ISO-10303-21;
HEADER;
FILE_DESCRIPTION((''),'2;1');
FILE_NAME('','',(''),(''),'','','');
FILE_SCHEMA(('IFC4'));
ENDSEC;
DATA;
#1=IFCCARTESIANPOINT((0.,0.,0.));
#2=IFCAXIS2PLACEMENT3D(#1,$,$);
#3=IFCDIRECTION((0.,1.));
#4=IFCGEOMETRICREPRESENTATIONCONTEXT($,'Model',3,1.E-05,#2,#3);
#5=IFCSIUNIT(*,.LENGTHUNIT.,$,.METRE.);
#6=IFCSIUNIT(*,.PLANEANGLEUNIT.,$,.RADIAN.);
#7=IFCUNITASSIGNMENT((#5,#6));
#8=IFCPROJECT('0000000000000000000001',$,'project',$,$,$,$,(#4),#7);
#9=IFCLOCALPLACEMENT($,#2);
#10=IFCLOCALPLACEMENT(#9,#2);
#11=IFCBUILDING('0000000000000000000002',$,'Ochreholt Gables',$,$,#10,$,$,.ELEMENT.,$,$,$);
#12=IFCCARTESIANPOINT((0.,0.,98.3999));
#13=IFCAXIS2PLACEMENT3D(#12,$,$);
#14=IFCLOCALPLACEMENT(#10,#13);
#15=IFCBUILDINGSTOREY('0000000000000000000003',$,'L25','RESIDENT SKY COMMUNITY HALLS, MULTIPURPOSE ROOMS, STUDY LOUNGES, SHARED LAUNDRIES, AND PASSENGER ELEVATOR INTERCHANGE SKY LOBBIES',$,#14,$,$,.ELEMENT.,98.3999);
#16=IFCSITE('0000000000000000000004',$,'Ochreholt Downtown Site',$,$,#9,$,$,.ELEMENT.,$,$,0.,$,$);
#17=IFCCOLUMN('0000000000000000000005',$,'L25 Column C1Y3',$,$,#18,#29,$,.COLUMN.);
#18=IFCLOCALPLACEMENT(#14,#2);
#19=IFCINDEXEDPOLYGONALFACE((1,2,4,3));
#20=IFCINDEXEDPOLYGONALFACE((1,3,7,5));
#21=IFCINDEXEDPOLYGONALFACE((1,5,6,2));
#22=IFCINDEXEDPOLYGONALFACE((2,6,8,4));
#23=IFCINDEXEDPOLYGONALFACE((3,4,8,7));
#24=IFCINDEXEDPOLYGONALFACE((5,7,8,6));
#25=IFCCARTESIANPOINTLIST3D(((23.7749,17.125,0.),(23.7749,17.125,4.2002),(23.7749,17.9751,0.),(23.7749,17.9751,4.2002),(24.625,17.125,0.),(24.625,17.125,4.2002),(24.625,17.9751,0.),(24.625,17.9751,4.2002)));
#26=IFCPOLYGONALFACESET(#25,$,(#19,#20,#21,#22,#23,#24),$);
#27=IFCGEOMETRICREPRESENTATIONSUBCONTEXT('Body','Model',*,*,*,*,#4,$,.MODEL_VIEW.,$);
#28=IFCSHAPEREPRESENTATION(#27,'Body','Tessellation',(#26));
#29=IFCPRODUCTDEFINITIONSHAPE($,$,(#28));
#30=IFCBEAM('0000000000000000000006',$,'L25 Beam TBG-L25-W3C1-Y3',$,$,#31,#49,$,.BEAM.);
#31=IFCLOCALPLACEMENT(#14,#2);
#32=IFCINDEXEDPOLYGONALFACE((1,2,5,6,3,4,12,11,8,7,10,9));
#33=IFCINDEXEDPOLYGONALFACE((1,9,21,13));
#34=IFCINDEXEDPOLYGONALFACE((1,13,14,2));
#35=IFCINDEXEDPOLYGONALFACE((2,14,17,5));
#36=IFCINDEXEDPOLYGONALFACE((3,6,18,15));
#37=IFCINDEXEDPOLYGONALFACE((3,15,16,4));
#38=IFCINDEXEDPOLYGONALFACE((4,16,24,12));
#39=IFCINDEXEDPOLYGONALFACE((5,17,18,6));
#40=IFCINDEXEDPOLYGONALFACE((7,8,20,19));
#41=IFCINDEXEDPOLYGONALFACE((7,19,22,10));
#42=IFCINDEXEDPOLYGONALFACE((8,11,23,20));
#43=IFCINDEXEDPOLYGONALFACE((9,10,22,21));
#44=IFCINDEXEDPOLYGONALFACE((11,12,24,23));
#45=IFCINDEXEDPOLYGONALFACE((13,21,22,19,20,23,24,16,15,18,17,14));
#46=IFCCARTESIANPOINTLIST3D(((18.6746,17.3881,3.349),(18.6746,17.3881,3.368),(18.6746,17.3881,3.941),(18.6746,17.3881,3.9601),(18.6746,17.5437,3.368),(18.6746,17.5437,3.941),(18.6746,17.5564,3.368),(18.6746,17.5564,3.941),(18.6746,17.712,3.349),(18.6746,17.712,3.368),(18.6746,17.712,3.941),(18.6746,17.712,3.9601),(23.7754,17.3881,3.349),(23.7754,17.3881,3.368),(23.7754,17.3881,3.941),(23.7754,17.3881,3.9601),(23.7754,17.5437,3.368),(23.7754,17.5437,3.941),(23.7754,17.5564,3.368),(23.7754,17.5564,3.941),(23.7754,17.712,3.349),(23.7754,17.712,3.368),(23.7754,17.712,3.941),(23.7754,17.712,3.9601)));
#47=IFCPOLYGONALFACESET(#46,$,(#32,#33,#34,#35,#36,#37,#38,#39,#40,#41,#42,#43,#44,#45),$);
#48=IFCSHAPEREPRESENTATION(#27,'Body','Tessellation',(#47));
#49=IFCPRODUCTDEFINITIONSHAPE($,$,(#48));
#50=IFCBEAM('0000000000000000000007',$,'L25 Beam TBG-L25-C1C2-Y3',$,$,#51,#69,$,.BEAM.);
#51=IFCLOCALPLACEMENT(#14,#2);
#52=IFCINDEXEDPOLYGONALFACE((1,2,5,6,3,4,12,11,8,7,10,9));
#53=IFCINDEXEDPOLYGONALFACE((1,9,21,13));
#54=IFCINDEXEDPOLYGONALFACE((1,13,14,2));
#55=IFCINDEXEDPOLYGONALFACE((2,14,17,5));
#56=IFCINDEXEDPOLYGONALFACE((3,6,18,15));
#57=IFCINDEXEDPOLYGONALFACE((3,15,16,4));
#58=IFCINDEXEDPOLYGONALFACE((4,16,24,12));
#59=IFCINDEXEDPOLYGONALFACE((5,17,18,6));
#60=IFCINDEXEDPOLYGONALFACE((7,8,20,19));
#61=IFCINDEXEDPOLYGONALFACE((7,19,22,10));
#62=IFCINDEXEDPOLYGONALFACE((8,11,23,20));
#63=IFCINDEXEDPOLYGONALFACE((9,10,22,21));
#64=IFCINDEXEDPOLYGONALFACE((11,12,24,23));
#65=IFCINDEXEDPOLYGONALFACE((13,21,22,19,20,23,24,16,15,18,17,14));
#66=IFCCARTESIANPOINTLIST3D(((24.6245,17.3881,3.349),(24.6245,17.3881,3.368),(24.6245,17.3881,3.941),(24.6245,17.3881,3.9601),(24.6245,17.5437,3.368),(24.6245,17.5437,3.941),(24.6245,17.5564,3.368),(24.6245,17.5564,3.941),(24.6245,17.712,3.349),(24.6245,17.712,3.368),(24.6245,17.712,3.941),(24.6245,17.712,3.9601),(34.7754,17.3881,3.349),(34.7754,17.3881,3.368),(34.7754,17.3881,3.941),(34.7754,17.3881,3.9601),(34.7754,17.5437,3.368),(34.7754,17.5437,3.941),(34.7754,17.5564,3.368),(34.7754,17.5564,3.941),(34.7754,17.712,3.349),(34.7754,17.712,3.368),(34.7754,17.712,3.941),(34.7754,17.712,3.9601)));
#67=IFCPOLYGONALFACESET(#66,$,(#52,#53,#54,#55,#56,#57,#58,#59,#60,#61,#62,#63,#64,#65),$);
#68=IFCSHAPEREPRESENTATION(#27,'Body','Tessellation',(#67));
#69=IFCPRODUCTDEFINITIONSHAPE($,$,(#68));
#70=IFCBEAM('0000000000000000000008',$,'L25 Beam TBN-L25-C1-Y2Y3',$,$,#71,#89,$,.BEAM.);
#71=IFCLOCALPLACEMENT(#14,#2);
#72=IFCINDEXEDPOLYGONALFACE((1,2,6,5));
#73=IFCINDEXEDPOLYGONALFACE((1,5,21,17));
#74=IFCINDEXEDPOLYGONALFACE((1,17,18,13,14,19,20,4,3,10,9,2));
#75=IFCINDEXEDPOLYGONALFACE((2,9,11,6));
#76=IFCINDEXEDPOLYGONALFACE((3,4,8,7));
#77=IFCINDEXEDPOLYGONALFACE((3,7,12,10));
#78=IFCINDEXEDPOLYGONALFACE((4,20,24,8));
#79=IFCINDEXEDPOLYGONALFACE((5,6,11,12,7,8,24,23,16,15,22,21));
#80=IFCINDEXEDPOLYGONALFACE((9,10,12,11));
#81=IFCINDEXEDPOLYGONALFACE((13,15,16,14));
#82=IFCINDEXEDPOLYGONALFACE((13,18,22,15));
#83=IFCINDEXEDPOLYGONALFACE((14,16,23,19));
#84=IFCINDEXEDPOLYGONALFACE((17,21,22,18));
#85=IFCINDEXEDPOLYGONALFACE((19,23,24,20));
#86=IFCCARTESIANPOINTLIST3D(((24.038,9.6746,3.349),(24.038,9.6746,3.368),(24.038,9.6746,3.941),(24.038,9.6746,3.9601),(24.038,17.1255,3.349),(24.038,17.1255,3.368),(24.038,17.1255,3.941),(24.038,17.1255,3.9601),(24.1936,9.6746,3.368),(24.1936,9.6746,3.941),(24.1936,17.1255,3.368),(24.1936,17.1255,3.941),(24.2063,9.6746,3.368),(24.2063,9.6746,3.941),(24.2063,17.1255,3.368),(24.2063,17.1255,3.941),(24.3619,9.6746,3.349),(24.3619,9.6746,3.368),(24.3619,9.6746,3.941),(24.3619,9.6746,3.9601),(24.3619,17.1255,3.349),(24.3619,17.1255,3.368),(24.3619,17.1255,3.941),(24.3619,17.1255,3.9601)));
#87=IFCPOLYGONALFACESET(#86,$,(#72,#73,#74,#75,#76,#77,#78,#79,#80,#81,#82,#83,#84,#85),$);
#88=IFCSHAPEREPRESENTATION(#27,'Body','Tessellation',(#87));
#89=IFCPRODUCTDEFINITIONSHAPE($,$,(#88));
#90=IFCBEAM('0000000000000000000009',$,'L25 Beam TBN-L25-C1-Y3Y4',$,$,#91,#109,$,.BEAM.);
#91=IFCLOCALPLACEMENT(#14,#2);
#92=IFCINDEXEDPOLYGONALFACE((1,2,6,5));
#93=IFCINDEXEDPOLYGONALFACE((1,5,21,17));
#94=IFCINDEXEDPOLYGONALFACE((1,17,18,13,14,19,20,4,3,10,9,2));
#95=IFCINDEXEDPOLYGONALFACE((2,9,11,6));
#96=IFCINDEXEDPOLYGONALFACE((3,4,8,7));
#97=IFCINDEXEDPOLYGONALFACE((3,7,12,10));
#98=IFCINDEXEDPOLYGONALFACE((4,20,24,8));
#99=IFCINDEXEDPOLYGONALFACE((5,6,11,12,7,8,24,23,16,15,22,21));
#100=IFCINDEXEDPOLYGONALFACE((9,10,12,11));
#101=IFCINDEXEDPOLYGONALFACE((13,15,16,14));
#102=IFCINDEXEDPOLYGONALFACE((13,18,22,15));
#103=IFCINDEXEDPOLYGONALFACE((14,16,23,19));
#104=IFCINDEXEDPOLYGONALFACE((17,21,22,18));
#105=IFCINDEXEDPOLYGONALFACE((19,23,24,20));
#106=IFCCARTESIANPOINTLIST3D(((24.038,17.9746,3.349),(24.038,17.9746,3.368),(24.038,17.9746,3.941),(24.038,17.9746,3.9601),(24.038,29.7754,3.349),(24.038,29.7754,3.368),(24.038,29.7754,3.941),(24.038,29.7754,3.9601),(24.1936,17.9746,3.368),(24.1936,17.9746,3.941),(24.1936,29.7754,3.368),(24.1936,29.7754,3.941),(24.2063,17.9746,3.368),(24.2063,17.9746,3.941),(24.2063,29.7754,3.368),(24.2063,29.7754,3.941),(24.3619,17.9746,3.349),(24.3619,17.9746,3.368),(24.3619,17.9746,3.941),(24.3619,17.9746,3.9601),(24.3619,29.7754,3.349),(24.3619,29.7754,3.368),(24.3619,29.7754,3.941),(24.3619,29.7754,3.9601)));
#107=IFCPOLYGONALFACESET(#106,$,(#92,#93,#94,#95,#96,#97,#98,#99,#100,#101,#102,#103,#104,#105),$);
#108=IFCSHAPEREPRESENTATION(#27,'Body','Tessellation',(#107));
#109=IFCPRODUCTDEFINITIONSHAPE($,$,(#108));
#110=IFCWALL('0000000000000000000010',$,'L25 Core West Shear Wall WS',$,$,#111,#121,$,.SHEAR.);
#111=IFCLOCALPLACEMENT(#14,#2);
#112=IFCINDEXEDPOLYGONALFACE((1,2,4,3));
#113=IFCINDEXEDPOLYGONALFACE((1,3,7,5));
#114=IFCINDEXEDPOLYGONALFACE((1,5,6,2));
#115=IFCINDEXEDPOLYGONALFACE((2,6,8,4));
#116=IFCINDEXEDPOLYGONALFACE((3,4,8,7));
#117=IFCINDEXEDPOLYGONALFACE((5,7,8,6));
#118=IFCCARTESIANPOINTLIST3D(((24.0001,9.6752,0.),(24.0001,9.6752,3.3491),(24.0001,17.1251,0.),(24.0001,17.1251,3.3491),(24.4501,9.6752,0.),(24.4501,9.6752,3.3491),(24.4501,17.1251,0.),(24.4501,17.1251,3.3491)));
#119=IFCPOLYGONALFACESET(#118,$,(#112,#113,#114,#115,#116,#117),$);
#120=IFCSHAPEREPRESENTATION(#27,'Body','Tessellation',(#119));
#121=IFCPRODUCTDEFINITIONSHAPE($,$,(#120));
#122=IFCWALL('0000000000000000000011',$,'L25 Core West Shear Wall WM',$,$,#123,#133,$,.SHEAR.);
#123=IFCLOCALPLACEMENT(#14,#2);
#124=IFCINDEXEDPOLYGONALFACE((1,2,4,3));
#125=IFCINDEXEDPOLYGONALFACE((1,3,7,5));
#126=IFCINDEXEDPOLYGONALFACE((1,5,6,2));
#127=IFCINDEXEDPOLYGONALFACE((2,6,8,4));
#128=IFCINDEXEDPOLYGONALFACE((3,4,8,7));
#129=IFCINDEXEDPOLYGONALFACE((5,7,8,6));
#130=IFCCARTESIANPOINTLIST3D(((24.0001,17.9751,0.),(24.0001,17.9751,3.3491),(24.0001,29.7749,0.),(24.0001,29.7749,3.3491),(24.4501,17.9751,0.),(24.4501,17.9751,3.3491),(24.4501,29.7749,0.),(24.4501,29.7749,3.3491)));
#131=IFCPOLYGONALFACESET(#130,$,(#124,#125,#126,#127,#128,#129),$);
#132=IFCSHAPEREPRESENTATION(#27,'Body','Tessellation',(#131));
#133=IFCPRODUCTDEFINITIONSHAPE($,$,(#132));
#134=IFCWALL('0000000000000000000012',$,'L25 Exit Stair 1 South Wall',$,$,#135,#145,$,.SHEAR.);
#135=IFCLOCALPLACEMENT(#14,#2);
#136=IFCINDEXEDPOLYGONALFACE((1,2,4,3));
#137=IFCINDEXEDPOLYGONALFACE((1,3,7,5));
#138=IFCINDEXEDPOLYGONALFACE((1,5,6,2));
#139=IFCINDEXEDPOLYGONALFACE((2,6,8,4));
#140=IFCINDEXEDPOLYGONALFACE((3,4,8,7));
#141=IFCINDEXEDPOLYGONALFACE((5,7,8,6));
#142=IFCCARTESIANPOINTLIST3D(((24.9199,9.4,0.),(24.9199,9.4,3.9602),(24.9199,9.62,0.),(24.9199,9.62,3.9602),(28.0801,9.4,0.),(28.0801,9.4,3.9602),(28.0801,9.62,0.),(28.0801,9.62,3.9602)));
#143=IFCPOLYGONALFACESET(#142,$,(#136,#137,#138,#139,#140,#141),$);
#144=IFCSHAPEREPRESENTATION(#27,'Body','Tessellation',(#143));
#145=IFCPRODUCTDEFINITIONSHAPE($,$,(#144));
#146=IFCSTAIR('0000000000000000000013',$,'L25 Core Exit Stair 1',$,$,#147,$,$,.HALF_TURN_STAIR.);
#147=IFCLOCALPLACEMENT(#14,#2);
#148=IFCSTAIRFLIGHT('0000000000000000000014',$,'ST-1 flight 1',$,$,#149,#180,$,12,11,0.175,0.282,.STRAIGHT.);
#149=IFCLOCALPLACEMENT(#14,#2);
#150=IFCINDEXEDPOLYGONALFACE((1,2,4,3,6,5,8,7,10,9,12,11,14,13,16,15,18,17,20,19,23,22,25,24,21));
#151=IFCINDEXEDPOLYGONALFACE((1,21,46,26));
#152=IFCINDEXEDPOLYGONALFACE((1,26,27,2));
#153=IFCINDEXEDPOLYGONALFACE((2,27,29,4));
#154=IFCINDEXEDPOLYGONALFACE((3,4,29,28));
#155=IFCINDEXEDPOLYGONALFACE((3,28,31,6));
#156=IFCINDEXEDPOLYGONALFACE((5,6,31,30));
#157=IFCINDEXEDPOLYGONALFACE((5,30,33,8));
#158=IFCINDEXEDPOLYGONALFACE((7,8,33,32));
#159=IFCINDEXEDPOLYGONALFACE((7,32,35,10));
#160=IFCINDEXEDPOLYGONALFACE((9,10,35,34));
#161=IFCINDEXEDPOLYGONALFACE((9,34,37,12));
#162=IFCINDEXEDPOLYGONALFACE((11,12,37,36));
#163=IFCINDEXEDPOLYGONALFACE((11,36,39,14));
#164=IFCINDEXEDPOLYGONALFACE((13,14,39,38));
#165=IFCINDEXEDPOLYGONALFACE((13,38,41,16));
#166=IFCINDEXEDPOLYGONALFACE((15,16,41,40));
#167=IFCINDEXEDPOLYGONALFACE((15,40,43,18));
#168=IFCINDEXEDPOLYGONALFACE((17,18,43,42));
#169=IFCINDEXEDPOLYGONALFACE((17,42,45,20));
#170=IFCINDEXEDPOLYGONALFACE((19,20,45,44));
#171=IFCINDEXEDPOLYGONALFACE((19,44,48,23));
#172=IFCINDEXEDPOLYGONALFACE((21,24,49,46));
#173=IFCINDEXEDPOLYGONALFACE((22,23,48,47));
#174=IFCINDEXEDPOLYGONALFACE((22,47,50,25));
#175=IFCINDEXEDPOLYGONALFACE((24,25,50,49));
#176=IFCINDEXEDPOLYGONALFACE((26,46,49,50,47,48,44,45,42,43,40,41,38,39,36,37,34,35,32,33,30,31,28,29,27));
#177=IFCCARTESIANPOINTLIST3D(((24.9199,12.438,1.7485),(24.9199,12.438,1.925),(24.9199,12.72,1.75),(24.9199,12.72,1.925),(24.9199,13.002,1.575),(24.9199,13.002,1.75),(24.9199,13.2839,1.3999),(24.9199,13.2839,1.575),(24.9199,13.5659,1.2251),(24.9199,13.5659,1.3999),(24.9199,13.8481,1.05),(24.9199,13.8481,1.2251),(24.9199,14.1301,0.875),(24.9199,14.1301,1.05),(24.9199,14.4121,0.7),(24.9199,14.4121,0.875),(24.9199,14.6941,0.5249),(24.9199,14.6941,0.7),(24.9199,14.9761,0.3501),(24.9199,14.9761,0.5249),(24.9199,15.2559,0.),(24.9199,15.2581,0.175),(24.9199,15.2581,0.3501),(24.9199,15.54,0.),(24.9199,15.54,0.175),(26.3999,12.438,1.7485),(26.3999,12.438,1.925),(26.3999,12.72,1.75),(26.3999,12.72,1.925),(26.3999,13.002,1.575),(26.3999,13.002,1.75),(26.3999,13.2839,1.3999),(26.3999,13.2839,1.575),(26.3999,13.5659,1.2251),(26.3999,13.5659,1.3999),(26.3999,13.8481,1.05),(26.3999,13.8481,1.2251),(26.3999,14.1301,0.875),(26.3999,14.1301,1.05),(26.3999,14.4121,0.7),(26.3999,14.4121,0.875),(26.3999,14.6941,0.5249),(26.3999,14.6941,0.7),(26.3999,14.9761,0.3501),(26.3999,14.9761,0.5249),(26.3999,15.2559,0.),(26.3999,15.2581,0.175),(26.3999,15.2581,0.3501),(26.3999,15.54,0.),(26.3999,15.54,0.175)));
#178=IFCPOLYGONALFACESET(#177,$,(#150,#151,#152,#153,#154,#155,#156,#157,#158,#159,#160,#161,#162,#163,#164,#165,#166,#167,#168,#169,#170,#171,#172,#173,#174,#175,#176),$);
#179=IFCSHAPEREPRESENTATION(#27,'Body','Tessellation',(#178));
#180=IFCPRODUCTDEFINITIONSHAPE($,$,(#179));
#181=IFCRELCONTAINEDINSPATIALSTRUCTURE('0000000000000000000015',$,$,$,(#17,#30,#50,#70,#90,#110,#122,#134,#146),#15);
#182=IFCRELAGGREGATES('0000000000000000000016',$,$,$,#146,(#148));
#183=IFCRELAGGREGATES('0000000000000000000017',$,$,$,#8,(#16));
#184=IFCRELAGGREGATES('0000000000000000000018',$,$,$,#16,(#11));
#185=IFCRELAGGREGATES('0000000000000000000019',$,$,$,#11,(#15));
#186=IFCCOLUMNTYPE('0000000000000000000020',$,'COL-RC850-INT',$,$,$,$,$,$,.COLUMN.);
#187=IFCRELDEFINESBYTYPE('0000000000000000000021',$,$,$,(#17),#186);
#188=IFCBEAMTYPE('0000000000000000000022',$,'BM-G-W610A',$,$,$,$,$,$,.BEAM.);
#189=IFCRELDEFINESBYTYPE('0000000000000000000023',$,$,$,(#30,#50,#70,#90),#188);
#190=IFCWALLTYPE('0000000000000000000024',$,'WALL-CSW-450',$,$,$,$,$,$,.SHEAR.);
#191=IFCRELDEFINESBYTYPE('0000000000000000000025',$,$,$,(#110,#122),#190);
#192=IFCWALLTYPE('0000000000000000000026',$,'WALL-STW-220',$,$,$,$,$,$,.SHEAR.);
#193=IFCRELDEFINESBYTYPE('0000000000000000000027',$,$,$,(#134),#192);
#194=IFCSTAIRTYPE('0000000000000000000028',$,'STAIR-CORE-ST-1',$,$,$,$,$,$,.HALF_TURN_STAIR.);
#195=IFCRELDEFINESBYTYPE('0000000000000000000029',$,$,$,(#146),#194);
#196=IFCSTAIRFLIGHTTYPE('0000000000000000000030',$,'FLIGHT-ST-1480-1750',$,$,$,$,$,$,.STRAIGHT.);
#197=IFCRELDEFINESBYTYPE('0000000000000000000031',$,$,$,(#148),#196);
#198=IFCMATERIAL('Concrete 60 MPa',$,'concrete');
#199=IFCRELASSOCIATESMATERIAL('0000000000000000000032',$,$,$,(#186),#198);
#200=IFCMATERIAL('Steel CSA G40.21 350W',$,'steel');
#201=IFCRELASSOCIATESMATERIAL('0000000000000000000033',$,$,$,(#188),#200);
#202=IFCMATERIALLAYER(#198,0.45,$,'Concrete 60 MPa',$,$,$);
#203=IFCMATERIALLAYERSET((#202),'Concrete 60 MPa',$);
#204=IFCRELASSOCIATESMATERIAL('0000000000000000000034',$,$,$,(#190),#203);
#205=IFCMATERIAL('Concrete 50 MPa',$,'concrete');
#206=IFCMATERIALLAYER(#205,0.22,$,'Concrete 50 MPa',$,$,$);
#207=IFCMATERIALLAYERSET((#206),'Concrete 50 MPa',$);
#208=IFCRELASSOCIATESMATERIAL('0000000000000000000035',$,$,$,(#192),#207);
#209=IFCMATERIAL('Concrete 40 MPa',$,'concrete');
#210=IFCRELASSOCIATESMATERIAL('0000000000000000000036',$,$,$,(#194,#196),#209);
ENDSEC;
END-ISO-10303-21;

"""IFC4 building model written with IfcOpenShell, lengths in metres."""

from ifc_helpers import new_model, si_unit, direction, frame, frame_2d, origin, origin_2d, place, context, subcontext, project, spatial, polyline, rectangle, i_section, outline, extrude, material, layer, layer_set, material_profile, profile_set, type_object, element, aggregate, save


model = new_model("IFC4")

# Units and contexts
model_context = context("Model", 3, precision=1e-05, world=origin(), true_north=direction((0.0, 1.0)))
body_context = subcontext(model_context, "Body", "Model", "MODEL_VIEW")
ifc_project = project(units=[si_unit("LENGTHUNIT", "METRE"), si_unit("PLANEANGLEUNIT", "RADIAN")], contexts=[model_context])

# Site, building, storey
site_placement = place(None, origin())
site = spatial("IfcSite", under=ifc_project, at=site_placement, Name="Ochreholt Downtown Site", CompositionType="ELEMENT", RefElevation=0.0)
building_placement = place(site_placement, origin())
building = spatial("IfcBuilding", under=site, at=building_placement, Name="Ochreholt Gables", CompositionType="ELEMENT")
storey_placement = place(building_placement, frame((0.0, 0.0, 98.3999)))
storey = spatial("IfcBuildingStorey", under=building, at=storey_placement, Name="L25", Description="RESIDENT SKY COMMUNITY HALLS, MULTIPURPOSE ROOMS, STUDY LOUNGES, SHARED LAUNDRIES, AND PASSENGER ELEVATOR INTERCHANGE SKY LOBBIES", CompositionType="ELEMENT", Elevation=98.3999)

# Column
ifc_material_1 = material(Name="Concrete 60 MPa", Category="concrete")
ifc_material_profile_1 = material_profile(ifc_material_1, rectangle(XDim=0.8501, YDim=0.8501, at=origin_2d()), Name="RC850X850")
ifc_profile_set_1 = profile_set([ifc_material_profile_1], Name="Concrete 60 MPa")
column_type = type_object("IfcColumnType", Name="COL-RC850-INT", PredefinedType="COLUMN", material=ifc_profile_set_1)
column_placement = place(storey_placement, frame((24.2, 17.55, 0.0), z_axis=(0.0, 0.0, 1.0), x_axis=(1.0, 0.0, 0.0)))
element("IfcColumn", 1, at=column_placement, inside=storey, type_object=column_type, Name="L25 Column C1Y3", PredefinedType="COLUMN", context=body_context, shape_type="SweptSolid", body=[
    extrude(rectangle(XDim=0.8501, YDim=0.8501, at=origin_2d()), origin(), (0.0, 0.0, 1.0), 4.2002),
])

# Beams
ifc_material_2 = material(Name="Steel CSA G40.21 350W", Category="steel")
ifc_material_profile_2 = material_profile(ifc_material_2, i_section(OverallWidth=0.324, OverallDepth=0.6111, WebThickness=0.0127, FlangeThickness=0.019, at=origin_2d()), Name="W610X155")
ifc_profile_set_2 = profile_set([ifc_material_profile_2], Name="Steel CSA G40.21 350W")
beam_type = type_object("IfcBeamType", Name="BM-G-W610A", PredefinedType="BEAM", material=ifc_profile_set_2)
beam_1_placement = place(storey_placement, frame((18.6746, 17.55, 3.6545), z_axis=(1.0, 0.0, 0.0), x_axis=(0.0, 1.0, 0.0)))
element("IfcBeam", 2, at=beam_1_placement, inside=storey, type_object=beam_type, Name="L25 Beam TBG-L25-W3C1-Y3", PredefinedType="BEAM", context=body_context, shape_type="SweptSolid", body=[
    extrude(i_section(OverallWidth=0.324, OverallDepth=0.6111, WebThickness=0.0127, FlangeThickness=0.019, at=origin_2d()), origin(), (0.0, 0.0, 1.0), 5.1008),
])
beam_2_placement = place(storey_placement, frame((24.6245, 17.55, 3.6545), z_axis=(1.0, 0.0, 0.0), x_axis=(0.0, 1.0, 0.0)))
element("IfcBeam", 3, at=beam_2_placement, inside=storey, type_object=beam_type, Name="L25 Beam TBG-L25-C1C2-Y3", PredefinedType="BEAM", context=body_context, shape_type="SweptSolid", body=[
    extrude(i_section(OverallWidth=0.324, OverallDepth=0.6111, WebThickness=0.0127, FlangeThickness=0.019, at=origin_2d()), origin(), (0.0, 0.0, 1.0), 10.1509),
])
beam_3_placement = place(storey_placement, frame((24.2, 9.6746, 3.6545), z_axis=(0.0, 1.0, 0.0), x_axis=(-1.0, 0.0, 0.0)))
element("IfcBeam", 4, at=beam_3_placement, inside=storey, type_object=beam_type, Name="L25 Beam TBN-L25-C1-Y2Y3", PredefinedType="BEAM", context=body_context, shape_type="SweptSolid", body=[
    extrude(i_section(OverallWidth=0.324, OverallDepth=0.6111, WebThickness=0.0127, FlangeThickness=0.019, at=origin_2d()), origin(), (0.0, 0.0, 1.0), 7.4509),
])
beam_4_placement = place(storey_placement, frame((24.2, 17.9746, 3.6545), z_axis=(0.0, 1.0, 0.0), x_axis=(-1.0, 0.0, 0.0)))
element("IfcBeam", 5, at=beam_4_placement, inside=storey, type_object=beam_type, Name="L25 Beam TBN-L25-C1-Y3Y4", PredefinedType="BEAM", context=body_context, shape_type="SweptSolid", body=[
    extrude(i_section(OverallWidth=0.324, OverallDepth=0.6111, WebThickness=0.0127, FlangeThickness=0.019, at=origin_2d()), origin(), (0.0, 0.0, 1.0), 11.8008),
])

# Walls
ifc_layer_1 = layer(ifc_material_1, 0.45, Name="Concrete 60 MPa")
ifc_layer_set_1 = layer_set([ifc_layer_1], Name="Concrete 60 MPa")
wall_type_1 = type_object("IfcWallType", Name="WALL-CSW-450", PredefinedType="SHEAR", material=ifc_layer_set_1)
wall_1_placement = place(storey_placement, frame((24.2251, 9.675, 0.0), z_axis=(0.0, 0.0, 1.0), x_axis=(0.0, 1.0, 0.0)))
element("IfcWall", 6, at=wall_1_placement, inside=storey, type_object=wall_type_1, Name="L25 Core West Shear Wall WS", PredefinedType="SHEAR", context=body_context, shape_type="SweptSolid", body=[
    extrude(rectangle(XDim=7.45, YDim=0.45, at=frame_2d((3.7251, 0.0))), origin(), (0.0, 0.0, 1.0), 3.3491),
])
wall_2_placement = place(storey_placement, frame((24.2251, 17.9751, 0.0), z_axis=(0.0, 0.0, 1.0), x_axis=(0.0, 1.0, 0.0)))
element("IfcWall", 7, at=wall_2_placement, inside=storey, type_object=wall_type_1, Name="L25 Core West Shear Wall WM", PredefinedType="SHEAR", context=body_context, shape_type="SweptSolid", body=[
    extrude(rectangle(XDim=11.7998, YDim=0.45, at=frame_2d((5.8999, 0.0))), origin(), (0.0, 0.0, 1.0), 3.3491),
])
ifc_material_3 = material(Name="Concrete 50 MPa", Category="concrete")
ifc_layer_2 = layer(ifc_material_3, 0.22, Name="Concrete 50 MPa")
ifc_layer_set_2 = layer_set([ifc_layer_2], Name="Concrete 50 MPa")
wall_type_2 = type_object("IfcWallType", Name="WALL-STW-220", PredefinedType="SHEAR", material=ifc_layer_set_2)
wall_3_placement = place(storey_placement, frame((24.9199, 9.51, 0.0), z_axis=(0.0, 0.0, 1.0), x_axis=(1.0, 0.0, 0.0)))
element("IfcWall", 8, at=wall_3_placement, inside=storey, type_object=wall_type_2, Name="L25 Exit Stair 1 South Wall", PredefinedType="SHEAR", context=body_context, shape_type="SweptSolid", body=[
    extrude(rectangle(XDim=3.1602, YDim=0.22, at=frame_2d((1.5801, 0.0))), origin(), (0.0, 0.0, 1.0), 3.9602),
])

# Stair, stair flight
ifc_material_4 = material(Name="Concrete 40 MPa", Category="concrete")
stair_type = type_object("IfcStairType", Name="STAIR-CORE-ST-1", PredefinedType="HALF_TURN_STAIR", material=ifc_material_4)
stair_placement = place(storey_placement, origin())
stair = element("IfcStair", 9, at=stair_placement, inside=storey, type_object=stair_type, Name="L25 Core Exit Stair 1", PredefinedType="HALF_TURN_STAIR")
stair_flight_type = type_object("IfcStairFlightType", Name="FLIGHT-ST-1480-1750", PredefinedType="STRAIGHT", material=ifc_material_4)
stair_flight_1_placement = place(storey_placement, frame((25.6599, 15.54, 0.0), z_axis=(0.0, 0.0, 1.0), x_axis=(0.0, -1.0, 0.0)))
stair_flight_1 = element("IfcStairFlight", 10, at=stair_flight_1_placement, type_object=stair_flight_type, Name="ST-1 flight 1", NumberOfRisers=12, NumberOfTreads=11, PredefinedType="STRAIGHT", RiserHeight=0.175, TreadLength=0.282, context=body_context, shape_type="SweptSolid", body=[
    extrude(outline(polyline([(0.0, 0.0), (0.0, 0.175), (0.282, 0.175), (0.282, 0.3501), (0.564, 0.3501), (0.564, 0.5249), (0.8459, 0.5249), (0.8459, 0.7), (1.1279, 0.7), (1.1279, 0.875), (1.4099, 0.875), (1.4099, 1.05), (1.6919, 1.05), (1.6919, 1.2251), (1.9741, 1.2251), (1.9741, 1.3999), (2.2561, 1.3999), (2.2561, 1.575), (2.5381, 1.575), (2.5381, 1.75), (2.8201, 1.75), (2.8201, 1.925), (3.1021, 1.925), (3.1021, 2.1001), (3.1021, 1.7485), (0.2842, 0.0), (0.0, 0.0)])), frame((0.0, 0.74, 0.0), z_axis=(0.0, -1.0, 0.0), x_axis=(1.0, 0.0, 0.0)), (0.0, 0.0, 1.0), 1.48),
])
aggregate(stair, [stair_flight_1])

save(model, "model.ifc")
